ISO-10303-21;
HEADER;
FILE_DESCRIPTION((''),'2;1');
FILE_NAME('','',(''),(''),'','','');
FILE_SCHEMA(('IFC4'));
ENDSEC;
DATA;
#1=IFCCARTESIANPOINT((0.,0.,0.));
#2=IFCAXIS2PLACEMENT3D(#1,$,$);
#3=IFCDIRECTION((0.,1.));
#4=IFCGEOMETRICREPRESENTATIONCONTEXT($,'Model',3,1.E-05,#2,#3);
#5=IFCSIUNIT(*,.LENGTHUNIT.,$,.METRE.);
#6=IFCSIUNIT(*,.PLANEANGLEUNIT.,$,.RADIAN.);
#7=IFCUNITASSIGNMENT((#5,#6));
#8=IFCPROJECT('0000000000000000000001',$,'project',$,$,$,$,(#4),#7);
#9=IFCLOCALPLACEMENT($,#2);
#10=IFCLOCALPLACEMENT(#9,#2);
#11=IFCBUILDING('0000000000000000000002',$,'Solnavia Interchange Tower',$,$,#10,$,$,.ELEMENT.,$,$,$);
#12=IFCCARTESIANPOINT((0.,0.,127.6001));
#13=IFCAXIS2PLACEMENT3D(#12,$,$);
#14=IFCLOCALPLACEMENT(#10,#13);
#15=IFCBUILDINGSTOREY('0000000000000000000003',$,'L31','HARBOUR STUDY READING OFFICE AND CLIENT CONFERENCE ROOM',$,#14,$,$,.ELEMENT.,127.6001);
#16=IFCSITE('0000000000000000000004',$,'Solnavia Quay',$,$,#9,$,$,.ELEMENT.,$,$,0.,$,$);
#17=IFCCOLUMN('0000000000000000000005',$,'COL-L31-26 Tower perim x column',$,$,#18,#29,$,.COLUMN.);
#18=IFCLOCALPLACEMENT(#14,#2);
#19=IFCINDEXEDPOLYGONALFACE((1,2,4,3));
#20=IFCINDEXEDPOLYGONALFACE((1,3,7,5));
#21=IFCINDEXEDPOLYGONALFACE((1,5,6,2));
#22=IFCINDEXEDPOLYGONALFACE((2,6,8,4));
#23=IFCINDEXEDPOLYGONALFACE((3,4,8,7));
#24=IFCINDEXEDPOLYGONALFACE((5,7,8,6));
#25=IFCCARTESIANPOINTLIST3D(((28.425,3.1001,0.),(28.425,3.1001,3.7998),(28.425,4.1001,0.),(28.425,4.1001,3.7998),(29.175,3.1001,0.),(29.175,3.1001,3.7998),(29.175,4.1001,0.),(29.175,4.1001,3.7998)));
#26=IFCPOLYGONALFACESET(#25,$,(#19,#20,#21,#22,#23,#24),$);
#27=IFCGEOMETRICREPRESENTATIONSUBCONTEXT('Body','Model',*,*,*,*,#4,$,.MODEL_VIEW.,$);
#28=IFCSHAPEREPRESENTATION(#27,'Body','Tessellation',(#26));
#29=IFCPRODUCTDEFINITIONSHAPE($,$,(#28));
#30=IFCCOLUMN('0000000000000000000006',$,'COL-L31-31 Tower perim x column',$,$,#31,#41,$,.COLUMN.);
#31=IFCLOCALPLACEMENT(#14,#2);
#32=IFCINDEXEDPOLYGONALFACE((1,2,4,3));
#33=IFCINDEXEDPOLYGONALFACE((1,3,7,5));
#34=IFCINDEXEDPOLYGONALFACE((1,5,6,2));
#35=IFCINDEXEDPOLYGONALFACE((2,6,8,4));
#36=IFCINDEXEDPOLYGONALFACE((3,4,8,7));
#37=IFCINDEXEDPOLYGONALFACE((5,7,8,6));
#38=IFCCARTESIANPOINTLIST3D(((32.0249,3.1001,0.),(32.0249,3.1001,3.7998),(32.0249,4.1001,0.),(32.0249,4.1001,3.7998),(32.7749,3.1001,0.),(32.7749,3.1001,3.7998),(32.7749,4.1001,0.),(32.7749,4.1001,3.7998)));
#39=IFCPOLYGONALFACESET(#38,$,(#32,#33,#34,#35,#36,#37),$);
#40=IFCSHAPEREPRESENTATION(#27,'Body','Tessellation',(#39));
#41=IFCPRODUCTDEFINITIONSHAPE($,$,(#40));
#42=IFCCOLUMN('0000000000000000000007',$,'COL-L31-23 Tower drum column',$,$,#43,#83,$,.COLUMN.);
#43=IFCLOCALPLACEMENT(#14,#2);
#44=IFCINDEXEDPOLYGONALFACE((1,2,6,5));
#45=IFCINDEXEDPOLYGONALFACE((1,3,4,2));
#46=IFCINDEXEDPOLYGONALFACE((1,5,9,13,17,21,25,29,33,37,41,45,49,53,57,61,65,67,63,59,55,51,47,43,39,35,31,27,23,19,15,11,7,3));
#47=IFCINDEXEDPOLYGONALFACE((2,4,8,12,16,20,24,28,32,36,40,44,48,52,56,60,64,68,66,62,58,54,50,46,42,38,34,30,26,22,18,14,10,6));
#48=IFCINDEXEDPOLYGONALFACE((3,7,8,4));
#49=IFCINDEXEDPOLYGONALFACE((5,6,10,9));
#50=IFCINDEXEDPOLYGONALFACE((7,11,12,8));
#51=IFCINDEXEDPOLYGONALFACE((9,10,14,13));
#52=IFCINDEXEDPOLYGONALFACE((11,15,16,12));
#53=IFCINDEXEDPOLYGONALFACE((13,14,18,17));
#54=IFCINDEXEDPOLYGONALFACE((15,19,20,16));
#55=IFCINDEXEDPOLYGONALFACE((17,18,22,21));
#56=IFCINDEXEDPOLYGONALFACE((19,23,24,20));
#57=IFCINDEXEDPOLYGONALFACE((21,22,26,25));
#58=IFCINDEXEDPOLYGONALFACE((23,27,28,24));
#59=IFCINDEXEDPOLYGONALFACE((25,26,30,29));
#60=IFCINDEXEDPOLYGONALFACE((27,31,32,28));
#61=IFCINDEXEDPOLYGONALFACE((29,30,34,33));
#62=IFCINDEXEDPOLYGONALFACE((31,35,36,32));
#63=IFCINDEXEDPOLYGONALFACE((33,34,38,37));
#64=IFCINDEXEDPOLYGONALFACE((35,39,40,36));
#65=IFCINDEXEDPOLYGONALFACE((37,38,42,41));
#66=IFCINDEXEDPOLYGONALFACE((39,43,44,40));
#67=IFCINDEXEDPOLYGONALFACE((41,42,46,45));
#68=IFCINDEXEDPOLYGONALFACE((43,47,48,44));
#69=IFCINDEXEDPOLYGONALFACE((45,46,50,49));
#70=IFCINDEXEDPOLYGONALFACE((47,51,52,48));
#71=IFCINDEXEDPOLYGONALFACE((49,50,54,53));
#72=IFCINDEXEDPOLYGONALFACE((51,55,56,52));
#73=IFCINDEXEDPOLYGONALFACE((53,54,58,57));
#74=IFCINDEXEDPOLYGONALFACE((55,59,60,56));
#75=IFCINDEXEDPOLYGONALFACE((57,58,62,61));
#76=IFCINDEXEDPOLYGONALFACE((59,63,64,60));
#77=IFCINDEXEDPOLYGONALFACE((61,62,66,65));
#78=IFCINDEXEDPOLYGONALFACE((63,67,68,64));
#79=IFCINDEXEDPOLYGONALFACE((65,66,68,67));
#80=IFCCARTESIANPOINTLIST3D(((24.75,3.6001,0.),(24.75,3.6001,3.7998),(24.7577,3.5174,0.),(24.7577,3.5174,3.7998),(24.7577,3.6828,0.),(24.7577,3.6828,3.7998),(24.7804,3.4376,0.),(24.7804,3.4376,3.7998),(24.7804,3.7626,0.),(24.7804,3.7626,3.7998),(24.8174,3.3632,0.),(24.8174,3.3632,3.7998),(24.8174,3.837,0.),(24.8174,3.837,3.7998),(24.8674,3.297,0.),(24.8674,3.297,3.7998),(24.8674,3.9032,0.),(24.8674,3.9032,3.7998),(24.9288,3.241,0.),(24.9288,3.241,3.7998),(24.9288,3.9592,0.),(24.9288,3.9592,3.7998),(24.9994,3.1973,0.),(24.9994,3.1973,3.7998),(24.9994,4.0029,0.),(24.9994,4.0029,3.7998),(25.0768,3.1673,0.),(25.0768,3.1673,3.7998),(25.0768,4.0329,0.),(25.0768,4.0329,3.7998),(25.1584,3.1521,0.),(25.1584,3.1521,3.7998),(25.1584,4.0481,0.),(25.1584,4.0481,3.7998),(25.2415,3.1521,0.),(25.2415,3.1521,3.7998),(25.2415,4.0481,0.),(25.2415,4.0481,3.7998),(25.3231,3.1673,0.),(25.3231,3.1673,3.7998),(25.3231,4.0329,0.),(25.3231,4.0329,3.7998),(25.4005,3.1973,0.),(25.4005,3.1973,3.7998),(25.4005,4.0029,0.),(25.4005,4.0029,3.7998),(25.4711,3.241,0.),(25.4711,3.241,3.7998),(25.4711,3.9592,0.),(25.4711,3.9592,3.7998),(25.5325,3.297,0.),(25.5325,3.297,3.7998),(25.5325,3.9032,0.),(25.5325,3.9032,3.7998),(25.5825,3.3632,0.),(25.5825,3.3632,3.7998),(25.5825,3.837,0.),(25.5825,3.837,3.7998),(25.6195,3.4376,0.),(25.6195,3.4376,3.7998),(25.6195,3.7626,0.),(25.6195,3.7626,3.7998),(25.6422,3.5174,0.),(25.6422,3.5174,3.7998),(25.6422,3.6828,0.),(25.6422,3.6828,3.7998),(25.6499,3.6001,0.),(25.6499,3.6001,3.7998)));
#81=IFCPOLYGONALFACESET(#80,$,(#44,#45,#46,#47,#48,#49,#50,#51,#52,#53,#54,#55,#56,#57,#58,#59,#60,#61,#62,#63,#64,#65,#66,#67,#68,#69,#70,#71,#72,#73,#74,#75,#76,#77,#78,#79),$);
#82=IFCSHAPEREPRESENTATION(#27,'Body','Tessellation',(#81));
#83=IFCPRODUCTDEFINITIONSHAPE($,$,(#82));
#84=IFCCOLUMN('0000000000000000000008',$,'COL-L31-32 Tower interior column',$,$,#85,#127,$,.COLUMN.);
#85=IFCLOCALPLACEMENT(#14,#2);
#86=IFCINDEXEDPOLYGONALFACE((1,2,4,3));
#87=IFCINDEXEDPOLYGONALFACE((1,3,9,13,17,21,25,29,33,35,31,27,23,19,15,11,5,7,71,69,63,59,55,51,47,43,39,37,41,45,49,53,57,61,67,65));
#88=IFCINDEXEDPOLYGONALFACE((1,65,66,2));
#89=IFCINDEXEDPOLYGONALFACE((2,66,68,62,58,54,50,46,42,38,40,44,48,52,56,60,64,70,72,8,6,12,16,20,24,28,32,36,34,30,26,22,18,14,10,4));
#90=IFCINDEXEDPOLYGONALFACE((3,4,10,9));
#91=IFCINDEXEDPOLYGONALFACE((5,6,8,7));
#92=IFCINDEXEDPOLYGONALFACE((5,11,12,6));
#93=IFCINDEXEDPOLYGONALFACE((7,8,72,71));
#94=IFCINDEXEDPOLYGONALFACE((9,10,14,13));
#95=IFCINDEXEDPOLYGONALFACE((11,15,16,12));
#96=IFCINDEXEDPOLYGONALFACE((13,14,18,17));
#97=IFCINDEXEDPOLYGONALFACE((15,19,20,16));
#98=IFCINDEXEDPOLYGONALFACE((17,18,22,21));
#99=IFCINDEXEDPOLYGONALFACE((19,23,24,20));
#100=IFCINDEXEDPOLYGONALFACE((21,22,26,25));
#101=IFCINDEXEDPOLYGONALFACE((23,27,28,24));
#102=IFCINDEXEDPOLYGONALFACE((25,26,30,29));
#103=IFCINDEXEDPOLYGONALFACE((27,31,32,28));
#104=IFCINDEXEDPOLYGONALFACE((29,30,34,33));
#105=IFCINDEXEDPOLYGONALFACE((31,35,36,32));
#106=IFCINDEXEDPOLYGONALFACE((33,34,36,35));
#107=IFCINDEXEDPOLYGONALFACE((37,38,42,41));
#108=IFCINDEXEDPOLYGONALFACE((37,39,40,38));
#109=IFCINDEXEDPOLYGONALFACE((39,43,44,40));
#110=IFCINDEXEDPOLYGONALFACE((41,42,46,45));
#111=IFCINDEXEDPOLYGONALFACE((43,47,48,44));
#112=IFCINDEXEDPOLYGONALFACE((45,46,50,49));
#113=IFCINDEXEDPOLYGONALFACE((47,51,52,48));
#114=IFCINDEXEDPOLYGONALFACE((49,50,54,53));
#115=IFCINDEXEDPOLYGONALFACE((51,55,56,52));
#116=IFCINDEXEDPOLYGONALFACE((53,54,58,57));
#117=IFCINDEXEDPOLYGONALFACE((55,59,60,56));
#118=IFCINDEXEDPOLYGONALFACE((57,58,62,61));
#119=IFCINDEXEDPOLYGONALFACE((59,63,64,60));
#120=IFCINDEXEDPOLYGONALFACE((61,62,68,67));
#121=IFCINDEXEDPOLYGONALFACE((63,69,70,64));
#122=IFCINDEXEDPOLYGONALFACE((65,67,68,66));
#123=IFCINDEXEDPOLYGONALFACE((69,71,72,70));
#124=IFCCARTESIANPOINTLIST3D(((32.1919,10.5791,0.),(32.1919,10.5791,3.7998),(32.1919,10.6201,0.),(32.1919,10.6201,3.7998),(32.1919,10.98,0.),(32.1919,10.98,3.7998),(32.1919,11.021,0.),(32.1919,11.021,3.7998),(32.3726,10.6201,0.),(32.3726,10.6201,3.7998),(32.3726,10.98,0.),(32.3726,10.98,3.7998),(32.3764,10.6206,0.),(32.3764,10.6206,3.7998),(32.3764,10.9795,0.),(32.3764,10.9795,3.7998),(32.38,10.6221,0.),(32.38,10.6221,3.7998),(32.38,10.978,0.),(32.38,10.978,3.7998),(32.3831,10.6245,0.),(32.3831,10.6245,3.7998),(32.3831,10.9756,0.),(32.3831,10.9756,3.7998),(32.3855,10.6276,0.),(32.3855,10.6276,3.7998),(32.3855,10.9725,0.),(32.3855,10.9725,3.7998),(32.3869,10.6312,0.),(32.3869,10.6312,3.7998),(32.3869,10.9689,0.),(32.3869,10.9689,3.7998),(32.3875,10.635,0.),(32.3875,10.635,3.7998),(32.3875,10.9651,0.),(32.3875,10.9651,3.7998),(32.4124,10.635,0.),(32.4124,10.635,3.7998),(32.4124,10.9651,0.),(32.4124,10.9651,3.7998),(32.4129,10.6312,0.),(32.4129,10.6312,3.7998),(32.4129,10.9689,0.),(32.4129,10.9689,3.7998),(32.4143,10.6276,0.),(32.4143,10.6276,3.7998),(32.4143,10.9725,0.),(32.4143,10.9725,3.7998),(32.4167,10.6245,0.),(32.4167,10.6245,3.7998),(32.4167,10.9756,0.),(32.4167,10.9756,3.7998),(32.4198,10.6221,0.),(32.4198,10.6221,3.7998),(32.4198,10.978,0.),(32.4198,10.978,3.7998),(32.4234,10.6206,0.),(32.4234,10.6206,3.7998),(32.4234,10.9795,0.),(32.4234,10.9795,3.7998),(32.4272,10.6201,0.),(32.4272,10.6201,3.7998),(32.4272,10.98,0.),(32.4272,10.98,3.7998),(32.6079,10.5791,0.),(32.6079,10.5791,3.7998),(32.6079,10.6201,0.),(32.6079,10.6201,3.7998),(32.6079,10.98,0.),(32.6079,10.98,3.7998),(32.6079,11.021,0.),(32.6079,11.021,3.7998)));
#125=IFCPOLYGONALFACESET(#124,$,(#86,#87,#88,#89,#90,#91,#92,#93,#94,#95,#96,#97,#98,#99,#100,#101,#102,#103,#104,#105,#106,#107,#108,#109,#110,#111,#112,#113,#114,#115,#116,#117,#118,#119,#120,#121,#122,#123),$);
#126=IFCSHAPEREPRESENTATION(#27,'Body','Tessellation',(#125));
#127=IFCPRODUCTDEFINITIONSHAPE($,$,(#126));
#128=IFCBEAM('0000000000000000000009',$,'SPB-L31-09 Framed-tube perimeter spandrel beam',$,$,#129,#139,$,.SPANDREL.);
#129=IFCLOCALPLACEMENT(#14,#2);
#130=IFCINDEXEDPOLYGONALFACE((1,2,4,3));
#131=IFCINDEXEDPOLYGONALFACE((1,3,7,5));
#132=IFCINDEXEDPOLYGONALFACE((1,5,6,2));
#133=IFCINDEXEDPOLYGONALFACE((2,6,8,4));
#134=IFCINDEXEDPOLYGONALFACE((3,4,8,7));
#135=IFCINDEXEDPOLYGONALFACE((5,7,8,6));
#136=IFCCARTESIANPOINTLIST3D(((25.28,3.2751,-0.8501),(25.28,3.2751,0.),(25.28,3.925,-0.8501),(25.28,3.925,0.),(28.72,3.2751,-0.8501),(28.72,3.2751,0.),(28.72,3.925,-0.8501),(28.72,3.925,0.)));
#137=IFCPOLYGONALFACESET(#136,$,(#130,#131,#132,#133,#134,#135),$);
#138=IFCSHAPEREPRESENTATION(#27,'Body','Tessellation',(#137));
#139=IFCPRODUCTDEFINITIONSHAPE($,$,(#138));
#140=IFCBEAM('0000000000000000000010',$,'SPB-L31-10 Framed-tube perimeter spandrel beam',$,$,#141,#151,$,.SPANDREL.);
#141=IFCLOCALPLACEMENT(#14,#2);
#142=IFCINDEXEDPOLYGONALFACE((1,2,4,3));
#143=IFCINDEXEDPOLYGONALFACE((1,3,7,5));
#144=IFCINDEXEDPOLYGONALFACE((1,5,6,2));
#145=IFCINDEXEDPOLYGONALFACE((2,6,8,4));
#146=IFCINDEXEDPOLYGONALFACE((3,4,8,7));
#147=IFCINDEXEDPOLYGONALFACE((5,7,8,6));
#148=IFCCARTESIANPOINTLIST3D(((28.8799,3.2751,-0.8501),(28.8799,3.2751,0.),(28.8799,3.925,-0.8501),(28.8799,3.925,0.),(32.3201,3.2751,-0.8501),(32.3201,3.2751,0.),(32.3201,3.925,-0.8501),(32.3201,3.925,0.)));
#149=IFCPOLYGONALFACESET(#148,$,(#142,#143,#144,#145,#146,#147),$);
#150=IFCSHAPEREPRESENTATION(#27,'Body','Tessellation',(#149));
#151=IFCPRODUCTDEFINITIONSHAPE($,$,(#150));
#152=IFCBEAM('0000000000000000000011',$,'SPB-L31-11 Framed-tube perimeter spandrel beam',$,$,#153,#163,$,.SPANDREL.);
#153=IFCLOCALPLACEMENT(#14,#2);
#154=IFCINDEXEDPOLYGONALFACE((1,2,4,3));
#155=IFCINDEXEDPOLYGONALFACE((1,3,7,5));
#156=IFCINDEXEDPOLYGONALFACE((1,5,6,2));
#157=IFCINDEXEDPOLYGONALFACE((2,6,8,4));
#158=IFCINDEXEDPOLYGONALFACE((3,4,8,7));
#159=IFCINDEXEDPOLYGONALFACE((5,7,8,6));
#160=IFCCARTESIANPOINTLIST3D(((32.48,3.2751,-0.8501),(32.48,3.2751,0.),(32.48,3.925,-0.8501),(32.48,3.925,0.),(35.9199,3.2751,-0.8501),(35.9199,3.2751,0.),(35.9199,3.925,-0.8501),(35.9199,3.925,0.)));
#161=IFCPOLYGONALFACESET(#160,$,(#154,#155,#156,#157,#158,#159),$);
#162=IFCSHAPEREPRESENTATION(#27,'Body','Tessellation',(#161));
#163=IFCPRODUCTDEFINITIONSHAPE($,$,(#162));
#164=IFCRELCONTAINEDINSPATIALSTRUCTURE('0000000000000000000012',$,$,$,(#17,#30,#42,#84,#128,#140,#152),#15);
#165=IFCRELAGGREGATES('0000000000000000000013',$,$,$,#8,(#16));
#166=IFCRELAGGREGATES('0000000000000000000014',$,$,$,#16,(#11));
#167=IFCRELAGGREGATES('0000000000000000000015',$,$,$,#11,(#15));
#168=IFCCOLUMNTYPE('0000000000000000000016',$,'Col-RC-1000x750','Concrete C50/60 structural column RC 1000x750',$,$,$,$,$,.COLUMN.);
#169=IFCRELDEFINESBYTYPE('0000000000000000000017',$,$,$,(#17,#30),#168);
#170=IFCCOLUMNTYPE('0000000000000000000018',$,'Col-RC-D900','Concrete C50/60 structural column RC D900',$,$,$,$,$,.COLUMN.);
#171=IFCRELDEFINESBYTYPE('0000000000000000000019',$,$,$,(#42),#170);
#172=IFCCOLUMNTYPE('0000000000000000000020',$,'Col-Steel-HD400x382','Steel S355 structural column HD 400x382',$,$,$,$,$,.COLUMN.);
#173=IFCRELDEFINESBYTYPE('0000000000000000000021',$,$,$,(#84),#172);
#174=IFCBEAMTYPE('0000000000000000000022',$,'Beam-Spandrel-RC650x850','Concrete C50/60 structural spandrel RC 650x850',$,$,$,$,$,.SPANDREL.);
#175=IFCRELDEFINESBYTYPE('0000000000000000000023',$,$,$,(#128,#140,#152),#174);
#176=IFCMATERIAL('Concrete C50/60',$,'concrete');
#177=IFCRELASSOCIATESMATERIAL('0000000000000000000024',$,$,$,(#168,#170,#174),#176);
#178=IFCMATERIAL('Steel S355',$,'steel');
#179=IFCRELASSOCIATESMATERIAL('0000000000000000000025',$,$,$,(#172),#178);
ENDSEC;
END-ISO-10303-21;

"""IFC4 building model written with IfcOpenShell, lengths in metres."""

from ifc_helpers import new_model, si_unit, direction, frame, origin, origin_2d, place, context, subcontext, project, spatial, rectangle, circle, i_section, extrude, material, material_profile, profile_set, type_object, element, save


model = new_model("IFC4")

# Units and contexts
model_context = context("Model", 3, precision=1e-05, world=origin(), true_north=direction((0.0, 1.0)))
body_context = subcontext(model_context, "Body", "Model", "MODEL_VIEW")
ifc_project = project(units=[si_unit("LENGTHUNIT", "METRE"), si_unit("PLANEANGLEUNIT", "RADIAN")], contexts=[model_context])

# Site, building, storey
site_placement = place(None, origin())
site = spatial("IfcSite", under=ifc_project, at=site_placement, Name="Solnavia Quay", CompositionType="ELEMENT", RefElevation=0.0)
building_placement = place(site_placement, origin())
building = spatial("IfcBuilding", under=site, at=building_placement, Name="Solnavia Interchange Tower", CompositionType="ELEMENT")
storey_placement = place(building_placement, frame((0.0, 0.0, 127.6001)))
storey = spatial("IfcBuildingStorey", under=building, at=storey_placement, Name="L31", Description="HARBOUR STUDY READING OFFICE AND CLIENT CONFERENCE ROOM", CompositionType="ELEMENT", Elevation=127.6001)

# Columns
ifc_material_1 = material(Name="Concrete C50/60", Category="concrete")
ifc_material_profile_1 = material_profile(ifc_material_1, rectangle(XDim=0.75, YDim=1.0, at=origin_2d()), Name="RC 1000x750")
ifc_profile_set_1 = profile_set([ifc_material_profile_1], Name="Concrete C50/60")
column_type_1 = type_object("IfcColumnType", Name="Col-RC-1000x750", Description="Concrete C50/60 structural column RC 1000x750", PredefinedType="COLUMN", material=ifc_profile_set_1)
for number, where, z_axis, x_axis, name in (
    (1, (28.8, 3.6001, 0.0), (0.0, 0.0, 1.0), (1.0, 0.0, 0.0), "COL-L31-26 Tower perim x column"),
    (2, (32.3999, 3.6001, 0.0), (0.0, 0.0, 1.0), (1.0, 0.0, 0.0), "COL-L31-31 Tower perim x column"),
):
    element("IfcColumn", number, at=place(storey_placement, frame(where, z_axis=z_axis, x_axis=x_axis)), inside=storey, type_object=column_type_1, Name=name, PredefinedType="COLUMN", context=body_context, shape_type="SweptSolid", body=[
        extrude(rectangle(XDim=0.75, YDim=1.0, at=origin_2d()), origin(), (0.0, 0.0, 1.0), 3.7998),
    ])
ifc_material_profile_2 = material_profile(ifc_material_1, circle(Radius=0.45, at=origin_2d()), Name="RC D900")
ifc_profile_set_2 = profile_set([ifc_material_profile_2], Name="Concrete C50/60")
column_type_2 = type_object("IfcColumnType", Name="Col-RC-D900", Description="Concrete C50/60 structural column RC D900", PredefinedType="COLUMN", material=ifc_profile_set_2)
column_1_placement = place(storey_placement, frame((25.2, 3.6001, 0.0), z_axis=(0.0, 0.0, 1.0), x_axis=(1.0, 0.0, 0.0)))
element("IfcColumn", 3, at=column_1_placement, inside=storey, type_object=column_type_2, Name="COL-L31-23 Tower drum column", PredefinedType="COLUMN", context=body_context, shape_type="SweptSolid", body=[
    extrude(circle(Radius=0.45, at=origin_2d()), origin(), (0.0, 0.0, 1.0), 3.7998),
])
ifc_material_2 = material(Name="Steel S355", Category="steel")
ifc_material_profile_3 = material_profile(ifc_material_2, i_section(OverallWidth=0.416, OverallDepth=0.4419, WebThickness=0.0249, FlangeThickness=0.041, FilletRadius=0.0149, at=origin_2d()), Name="HD 400x382")
ifc_profile_set_3 = profile_set([ifc_material_profile_3], Name="Steel S355")
column_type_3 = type_object("IfcColumnType", Name="Col-Steel-HD400x382", Description="Steel S355 structural column HD 400x382", PredefinedType="COLUMN", material=ifc_profile_set_3)
column_2_placement = place(storey_placement, frame((32.3999, 10.8, 0.0), z_axis=(0.0, 0.0, 1.0), x_axis=(1.0, 0.0, 0.0)))
element("IfcColumn", 4, at=column_2_placement, inside=storey, type_object=column_type_3, Name="COL-L31-32 Tower interior column", PredefinedType="COLUMN", context=body_context, shape_type="SweptSolid", body=[
    extrude(i_section(OverallWidth=0.416, OverallDepth=0.4419, WebThickness=0.0249, FlangeThickness=0.041, FilletRadius=0.0149, at=origin_2d()), origin(), (0.0, 0.0, 1.0), 3.7998),
])

# Beams
ifc_material_profile_4 = material_profile(ifc_material_1, rectangle(XDim=0.6499, YDim=0.8501, at=origin_2d()), Name="RC 650x850")
ifc_profile_set_4 = profile_set([ifc_material_profile_4], Name="Concrete C50/60")
beam_type = type_object("IfcBeamType", Name="Beam-Spandrel-RC650x850", Description="Concrete C50/60 structural spandrel RC 650x850", PredefinedType="SPANDREL", material=ifc_profile_set_4)
beam_1_placement = place(storey_placement, frame((25.28, 3.6001, -0.425), z_axis=(1.0, 0.0, 0.0), x_axis=(0.0, 1.0, 0.0)))
element("IfcBeam", 5, at=beam_1_placement, inside=storey, type_object=beam_type, Name="SPB-L31-09 Framed-tube perimeter spandrel beam", PredefinedType="SPANDREL", context=body_context, shape_type="SweptSolid", body=[
    extrude(rectangle(XDim=0.6499, YDim=0.8501, at=origin_2d()), origin(), (0.0, 0.0, 1.0), 3.4399),
])
beam_2_placement = place(storey_placement, frame((28.8799, 3.6001, -0.425), z_axis=(1.0, 0.0, 0.0), x_axis=(0.0, 1.0, 0.0)))
element("IfcBeam", 6, at=beam_2_placement, inside=storey, type_object=beam_type, Name="SPB-L31-10 Framed-tube perimeter spandrel beam", PredefinedType="SPANDREL", context=body_context, shape_type="SweptSolid", body=[
    extrude(rectangle(XDim=0.6499, YDim=0.8501, at=origin_2d()), origin(), (0.0, 0.0, 1.0), 3.4402),
])
beam_3_placement = place(storey_placement, frame((32.48, 3.6001, -0.425), z_axis=(1.0, 0.0, 0.0), x_axis=(0.0, 1.0, 0.0)))
element("IfcBeam", 7, at=beam_3_placement, inside=storey, type_object=beam_type, Name="SPB-L31-11 Framed-tube perimeter spandrel beam", PredefinedType="SPANDREL", context=body_context, shape_type="SweptSolid", body=[
    extrude(rectangle(XDim=0.6499, YDim=0.8501, at=origin_2d()), origin(), (0.0, 0.0, 1.0), 3.4399),
])

save(model, "model.ifc")
